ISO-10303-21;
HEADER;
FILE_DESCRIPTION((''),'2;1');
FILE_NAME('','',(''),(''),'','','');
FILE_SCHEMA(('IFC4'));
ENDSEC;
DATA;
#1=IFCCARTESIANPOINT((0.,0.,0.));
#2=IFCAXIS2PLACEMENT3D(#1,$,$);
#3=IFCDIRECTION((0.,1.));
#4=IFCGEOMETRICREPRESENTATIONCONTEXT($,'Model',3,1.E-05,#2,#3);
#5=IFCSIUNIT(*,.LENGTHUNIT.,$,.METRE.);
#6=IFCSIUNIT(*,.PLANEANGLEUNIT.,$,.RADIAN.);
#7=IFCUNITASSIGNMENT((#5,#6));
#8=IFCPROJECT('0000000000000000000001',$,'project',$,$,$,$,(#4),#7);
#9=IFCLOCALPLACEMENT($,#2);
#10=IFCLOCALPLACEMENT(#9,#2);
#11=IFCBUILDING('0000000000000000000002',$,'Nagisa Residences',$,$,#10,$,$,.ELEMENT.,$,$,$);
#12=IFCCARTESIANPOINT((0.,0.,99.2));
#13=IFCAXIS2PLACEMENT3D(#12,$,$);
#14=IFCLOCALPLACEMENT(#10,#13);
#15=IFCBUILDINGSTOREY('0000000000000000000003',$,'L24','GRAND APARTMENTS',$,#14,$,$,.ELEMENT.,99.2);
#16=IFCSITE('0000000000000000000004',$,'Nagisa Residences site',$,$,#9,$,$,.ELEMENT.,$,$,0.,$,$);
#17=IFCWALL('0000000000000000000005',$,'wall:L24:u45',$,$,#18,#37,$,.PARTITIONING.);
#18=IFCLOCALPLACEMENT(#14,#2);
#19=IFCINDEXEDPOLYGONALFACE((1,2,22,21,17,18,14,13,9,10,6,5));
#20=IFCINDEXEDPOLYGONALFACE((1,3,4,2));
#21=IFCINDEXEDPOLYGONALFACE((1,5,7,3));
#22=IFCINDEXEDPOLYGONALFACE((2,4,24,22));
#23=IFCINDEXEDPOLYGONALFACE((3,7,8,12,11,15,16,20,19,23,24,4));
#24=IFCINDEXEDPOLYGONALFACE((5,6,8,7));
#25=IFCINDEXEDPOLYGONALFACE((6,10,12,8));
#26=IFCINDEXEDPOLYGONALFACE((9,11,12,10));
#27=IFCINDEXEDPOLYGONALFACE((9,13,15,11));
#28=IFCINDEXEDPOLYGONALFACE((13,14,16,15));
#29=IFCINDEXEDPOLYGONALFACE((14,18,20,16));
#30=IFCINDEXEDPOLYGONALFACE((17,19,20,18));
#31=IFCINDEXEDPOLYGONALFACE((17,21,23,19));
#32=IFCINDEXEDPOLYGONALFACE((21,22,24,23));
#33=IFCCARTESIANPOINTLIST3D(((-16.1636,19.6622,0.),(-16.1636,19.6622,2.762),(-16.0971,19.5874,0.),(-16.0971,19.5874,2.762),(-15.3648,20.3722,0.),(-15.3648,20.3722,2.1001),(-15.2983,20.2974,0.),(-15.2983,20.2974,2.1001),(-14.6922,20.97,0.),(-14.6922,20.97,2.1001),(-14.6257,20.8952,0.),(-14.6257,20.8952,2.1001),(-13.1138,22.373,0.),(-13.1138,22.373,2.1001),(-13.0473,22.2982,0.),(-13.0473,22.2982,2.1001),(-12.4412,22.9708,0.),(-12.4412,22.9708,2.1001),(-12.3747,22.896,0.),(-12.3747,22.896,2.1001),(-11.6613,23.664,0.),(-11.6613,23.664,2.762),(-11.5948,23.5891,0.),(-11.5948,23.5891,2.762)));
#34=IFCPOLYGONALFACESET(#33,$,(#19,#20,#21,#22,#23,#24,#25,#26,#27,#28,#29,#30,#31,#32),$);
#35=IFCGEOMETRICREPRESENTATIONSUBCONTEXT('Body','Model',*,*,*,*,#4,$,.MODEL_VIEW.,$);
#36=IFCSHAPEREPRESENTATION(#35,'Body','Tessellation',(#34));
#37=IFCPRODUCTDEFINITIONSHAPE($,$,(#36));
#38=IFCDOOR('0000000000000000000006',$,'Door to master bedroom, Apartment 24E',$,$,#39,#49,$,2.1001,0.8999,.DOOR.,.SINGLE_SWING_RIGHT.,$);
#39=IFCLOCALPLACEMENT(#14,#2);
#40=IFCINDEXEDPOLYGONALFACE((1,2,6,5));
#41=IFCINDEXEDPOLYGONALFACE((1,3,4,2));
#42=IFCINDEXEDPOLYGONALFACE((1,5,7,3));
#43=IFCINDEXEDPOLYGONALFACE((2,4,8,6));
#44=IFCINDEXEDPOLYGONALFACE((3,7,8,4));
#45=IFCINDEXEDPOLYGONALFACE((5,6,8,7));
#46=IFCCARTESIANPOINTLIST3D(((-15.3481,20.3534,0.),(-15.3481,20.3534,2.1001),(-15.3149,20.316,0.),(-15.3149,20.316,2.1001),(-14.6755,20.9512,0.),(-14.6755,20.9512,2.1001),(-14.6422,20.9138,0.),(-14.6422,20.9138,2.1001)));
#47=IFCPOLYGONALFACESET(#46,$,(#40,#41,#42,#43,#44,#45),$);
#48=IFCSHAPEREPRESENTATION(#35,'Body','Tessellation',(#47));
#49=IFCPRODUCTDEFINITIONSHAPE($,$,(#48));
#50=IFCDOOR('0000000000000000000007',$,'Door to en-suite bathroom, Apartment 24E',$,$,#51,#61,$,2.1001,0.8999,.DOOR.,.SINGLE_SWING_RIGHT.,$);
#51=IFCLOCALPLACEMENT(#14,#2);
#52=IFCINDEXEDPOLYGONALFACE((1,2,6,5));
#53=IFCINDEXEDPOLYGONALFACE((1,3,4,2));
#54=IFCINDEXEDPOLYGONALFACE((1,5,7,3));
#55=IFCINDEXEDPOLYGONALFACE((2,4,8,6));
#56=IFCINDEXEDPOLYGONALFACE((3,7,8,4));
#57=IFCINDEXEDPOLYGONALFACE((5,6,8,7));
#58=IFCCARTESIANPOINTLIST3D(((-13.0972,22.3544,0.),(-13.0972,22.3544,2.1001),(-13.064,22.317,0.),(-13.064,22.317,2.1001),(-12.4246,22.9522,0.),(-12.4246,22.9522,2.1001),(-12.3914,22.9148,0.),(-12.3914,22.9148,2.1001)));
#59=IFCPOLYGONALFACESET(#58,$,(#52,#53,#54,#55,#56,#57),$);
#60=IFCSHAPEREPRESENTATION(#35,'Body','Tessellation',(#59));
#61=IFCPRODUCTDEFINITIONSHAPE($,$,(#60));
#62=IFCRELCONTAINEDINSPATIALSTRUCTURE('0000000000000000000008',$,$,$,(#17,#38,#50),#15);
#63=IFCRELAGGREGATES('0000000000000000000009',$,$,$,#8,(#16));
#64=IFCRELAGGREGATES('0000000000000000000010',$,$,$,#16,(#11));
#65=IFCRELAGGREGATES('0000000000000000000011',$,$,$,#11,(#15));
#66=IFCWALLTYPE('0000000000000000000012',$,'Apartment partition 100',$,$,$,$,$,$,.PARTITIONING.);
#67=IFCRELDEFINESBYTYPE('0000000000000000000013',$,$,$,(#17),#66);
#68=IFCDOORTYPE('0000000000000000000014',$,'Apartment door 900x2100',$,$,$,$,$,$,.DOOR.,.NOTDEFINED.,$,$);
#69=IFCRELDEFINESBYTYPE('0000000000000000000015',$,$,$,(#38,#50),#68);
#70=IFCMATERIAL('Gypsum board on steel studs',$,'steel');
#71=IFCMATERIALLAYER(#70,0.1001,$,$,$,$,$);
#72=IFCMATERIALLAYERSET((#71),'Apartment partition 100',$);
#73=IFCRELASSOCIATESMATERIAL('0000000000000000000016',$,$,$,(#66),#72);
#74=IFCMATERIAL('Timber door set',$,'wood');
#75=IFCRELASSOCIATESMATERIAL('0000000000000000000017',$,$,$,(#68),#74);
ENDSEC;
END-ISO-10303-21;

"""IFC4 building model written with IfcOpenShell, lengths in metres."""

from ifc_helpers import new_model, si_unit, direction, frame, frame_2d, origin, place, context, subcontext, project, spatial, rectangle, extrude, material, layer, layer_set, type_object, element, fill, save


model = new_model("IFC4")

# Units and contexts
model_context = context("Model", 3, precision=1e-05, world=origin(), true_north=direction((0.0, 1.0)))
body_context = subcontext(model_context, "Body", "Model", "MODEL_VIEW")
ifc_project = project(units=[si_unit("LENGTHUNIT", "METRE"), si_unit("PLANEANGLEUNIT", "RADIAN")], contexts=[model_context])

# Site, building, storey
site_placement = place(None, origin())
site = spatial("IfcSite", under=ifc_project, at=site_placement, Name="Nagisa Residences site", CompositionType="ELEMENT", RefElevation=0.0)
building_placement = place(site_placement, origin())
building = spatial("IfcBuilding", under=site, at=building_placement, Name="Nagisa Residences", CompositionType="ELEMENT")
storey_placement = place(building_placement, frame((0.0, 0.0, 99.2)))
storey = spatial("IfcBuildingStorey", under=building, at=storey_placement, Name="L24", Description="GRAND APARTMENTS", CompositionType="ELEMENT", Elevation=99.2)

# Shared definitions
ifc_material_1 = material(Name="Gypsum board on steel studs", Category="steel")
ifc_layer_1 = layer(ifc_material_1, 0.1001)
ifc_layer_set_1 = layer_set([ifc_layer_1], Name="Apartment partition 100")
wall_type_1 = type_object("IfcWallType", Name="Apartment partition 100", PredefinedType="PARTITIONING", material=ifc_layer_set_1)

# Shared definitions
ifc_material_2 = material(Name="Timber door set", Category="wood")
door_type_1 = type_object("IfcDoorType", Name="Apartment door 900x2100", OperationType="NOTDEFINED", PredefinedType="DOOR", material=ifc_material_2)

# Wall, openings, doors
wall_1_placement = place(storey_placement, frame((-11.6282, 23.6265, 0.0), z_axis=(0.0, 0.0, 1.0), x_axis=(-0.747429, -0.664341, 0.0)))
wall_1 = element("IfcWall", 1, at=wall_1_placement, inside=storey, type_object=wall_type_1, Name="wall:L24:u45", PredefinedType="PARTITIONING", context=body_context, shape_type="SweptSolid", body=[
    extrude(rectangle(XDim=6.0237, YDim=0.1001, at=frame_2d((3.0117, 0.0))), origin(), (0.0, 0.0, 1.0), 2.762),
])
opening_1_placement = place(wall_1_placement, frame((4.0549, 0.0, 0.0)))
opening_1 = element("IfcOpeningElement", 2, at=opening_1_placement, cuts=wall_1, PredefinedType="OPENING", context=body_context, shape_type="SweptSolid", body=[
    extrude(rectangle(XDim=0.8999, YDim=2.1001, at=frame_2d((0.45, 1.05))), frame((0.0, 0.0601, 0.0), z_axis=(0.0, -1.0, 0.0), x_axis=(1.0, 0.0, 0.0)), (0.0, 0.0, 1.0), 0.1201),
])
opening_2_placement = place(wall_1_placement, frame((1.0432, 0.0, 0.0)))
opening_2 = element("IfcOpeningElement", 3, at=opening_2_placement, cuts=wall_1, PredefinedType="OPENING", context=body_context, shape_type="SweptSolid", body=[
    extrude(rectangle(XDim=0.8999, YDim=2.1001, at=frame_2d((0.45, 1.05))), frame((0.0, 0.0601, 0.0), z_axis=(0.0, -1.0, 0.0), x_axis=(1.0, 0.0, 0.0)), (0.0, 0.0, 1.0), 0.1201),
])
door_1_placement = place(opening_1_placement, frame((0.8999, 0.0, 0.0), x_axis=(-1.0, 0.0, 0.0)))
door_1 = element("IfcDoor", 4, at=door_1_placement, inside=storey, type_object=door_type_1, Name="Door to master bedroom, Apartment 24E", OperationType="SINGLE_SWING_RIGHT", OverallHeight=2.1001, OverallWidth=0.8999, PredefinedType="DOOR", context=body_context, shape_type="SweptSolid", body=[
    extrude(rectangle(XDim=0.8999, YDim=2.1001, at=frame_2d((0.45, 1.05))), frame((0.0, 0.0249, 0.0), z_axis=(0.0, -1.0, 0.0), x_axis=(1.0, 0.0, 0.0)), (0.0, 0.0, 1.0), 0.05),
])
fill(opening_1, door_1)
door_2_placement = place(opening_2_placement, origin())
door_2 = element("IfcDoor", 5, at=door_2_placement, inside=storey, type_object=door_type_1, Name="Door to en-suite bathroom, Apartment 24E", OperationType="SINGLE_SWING_RIGHT", OverallHeight=2.1001, OverallWidth=0.8999, PredefinedType="DOOR", context=body_context, shape_type="SweptSolid", body=[
    extrude(rectangle(XDim=0.8999, YDim=2.1001, at=frame_2d((0.45, 1.05))), frame((0.0, 0.0249, 0.0), z_axis=(0.0, -1.0, 0.0), x_axis=(1.0, 0.0, 0.0)), (0.0, 0.0, 1.0), 0.05),
])
fill(opening_2, door_2)

save(model, "model.ifc")
